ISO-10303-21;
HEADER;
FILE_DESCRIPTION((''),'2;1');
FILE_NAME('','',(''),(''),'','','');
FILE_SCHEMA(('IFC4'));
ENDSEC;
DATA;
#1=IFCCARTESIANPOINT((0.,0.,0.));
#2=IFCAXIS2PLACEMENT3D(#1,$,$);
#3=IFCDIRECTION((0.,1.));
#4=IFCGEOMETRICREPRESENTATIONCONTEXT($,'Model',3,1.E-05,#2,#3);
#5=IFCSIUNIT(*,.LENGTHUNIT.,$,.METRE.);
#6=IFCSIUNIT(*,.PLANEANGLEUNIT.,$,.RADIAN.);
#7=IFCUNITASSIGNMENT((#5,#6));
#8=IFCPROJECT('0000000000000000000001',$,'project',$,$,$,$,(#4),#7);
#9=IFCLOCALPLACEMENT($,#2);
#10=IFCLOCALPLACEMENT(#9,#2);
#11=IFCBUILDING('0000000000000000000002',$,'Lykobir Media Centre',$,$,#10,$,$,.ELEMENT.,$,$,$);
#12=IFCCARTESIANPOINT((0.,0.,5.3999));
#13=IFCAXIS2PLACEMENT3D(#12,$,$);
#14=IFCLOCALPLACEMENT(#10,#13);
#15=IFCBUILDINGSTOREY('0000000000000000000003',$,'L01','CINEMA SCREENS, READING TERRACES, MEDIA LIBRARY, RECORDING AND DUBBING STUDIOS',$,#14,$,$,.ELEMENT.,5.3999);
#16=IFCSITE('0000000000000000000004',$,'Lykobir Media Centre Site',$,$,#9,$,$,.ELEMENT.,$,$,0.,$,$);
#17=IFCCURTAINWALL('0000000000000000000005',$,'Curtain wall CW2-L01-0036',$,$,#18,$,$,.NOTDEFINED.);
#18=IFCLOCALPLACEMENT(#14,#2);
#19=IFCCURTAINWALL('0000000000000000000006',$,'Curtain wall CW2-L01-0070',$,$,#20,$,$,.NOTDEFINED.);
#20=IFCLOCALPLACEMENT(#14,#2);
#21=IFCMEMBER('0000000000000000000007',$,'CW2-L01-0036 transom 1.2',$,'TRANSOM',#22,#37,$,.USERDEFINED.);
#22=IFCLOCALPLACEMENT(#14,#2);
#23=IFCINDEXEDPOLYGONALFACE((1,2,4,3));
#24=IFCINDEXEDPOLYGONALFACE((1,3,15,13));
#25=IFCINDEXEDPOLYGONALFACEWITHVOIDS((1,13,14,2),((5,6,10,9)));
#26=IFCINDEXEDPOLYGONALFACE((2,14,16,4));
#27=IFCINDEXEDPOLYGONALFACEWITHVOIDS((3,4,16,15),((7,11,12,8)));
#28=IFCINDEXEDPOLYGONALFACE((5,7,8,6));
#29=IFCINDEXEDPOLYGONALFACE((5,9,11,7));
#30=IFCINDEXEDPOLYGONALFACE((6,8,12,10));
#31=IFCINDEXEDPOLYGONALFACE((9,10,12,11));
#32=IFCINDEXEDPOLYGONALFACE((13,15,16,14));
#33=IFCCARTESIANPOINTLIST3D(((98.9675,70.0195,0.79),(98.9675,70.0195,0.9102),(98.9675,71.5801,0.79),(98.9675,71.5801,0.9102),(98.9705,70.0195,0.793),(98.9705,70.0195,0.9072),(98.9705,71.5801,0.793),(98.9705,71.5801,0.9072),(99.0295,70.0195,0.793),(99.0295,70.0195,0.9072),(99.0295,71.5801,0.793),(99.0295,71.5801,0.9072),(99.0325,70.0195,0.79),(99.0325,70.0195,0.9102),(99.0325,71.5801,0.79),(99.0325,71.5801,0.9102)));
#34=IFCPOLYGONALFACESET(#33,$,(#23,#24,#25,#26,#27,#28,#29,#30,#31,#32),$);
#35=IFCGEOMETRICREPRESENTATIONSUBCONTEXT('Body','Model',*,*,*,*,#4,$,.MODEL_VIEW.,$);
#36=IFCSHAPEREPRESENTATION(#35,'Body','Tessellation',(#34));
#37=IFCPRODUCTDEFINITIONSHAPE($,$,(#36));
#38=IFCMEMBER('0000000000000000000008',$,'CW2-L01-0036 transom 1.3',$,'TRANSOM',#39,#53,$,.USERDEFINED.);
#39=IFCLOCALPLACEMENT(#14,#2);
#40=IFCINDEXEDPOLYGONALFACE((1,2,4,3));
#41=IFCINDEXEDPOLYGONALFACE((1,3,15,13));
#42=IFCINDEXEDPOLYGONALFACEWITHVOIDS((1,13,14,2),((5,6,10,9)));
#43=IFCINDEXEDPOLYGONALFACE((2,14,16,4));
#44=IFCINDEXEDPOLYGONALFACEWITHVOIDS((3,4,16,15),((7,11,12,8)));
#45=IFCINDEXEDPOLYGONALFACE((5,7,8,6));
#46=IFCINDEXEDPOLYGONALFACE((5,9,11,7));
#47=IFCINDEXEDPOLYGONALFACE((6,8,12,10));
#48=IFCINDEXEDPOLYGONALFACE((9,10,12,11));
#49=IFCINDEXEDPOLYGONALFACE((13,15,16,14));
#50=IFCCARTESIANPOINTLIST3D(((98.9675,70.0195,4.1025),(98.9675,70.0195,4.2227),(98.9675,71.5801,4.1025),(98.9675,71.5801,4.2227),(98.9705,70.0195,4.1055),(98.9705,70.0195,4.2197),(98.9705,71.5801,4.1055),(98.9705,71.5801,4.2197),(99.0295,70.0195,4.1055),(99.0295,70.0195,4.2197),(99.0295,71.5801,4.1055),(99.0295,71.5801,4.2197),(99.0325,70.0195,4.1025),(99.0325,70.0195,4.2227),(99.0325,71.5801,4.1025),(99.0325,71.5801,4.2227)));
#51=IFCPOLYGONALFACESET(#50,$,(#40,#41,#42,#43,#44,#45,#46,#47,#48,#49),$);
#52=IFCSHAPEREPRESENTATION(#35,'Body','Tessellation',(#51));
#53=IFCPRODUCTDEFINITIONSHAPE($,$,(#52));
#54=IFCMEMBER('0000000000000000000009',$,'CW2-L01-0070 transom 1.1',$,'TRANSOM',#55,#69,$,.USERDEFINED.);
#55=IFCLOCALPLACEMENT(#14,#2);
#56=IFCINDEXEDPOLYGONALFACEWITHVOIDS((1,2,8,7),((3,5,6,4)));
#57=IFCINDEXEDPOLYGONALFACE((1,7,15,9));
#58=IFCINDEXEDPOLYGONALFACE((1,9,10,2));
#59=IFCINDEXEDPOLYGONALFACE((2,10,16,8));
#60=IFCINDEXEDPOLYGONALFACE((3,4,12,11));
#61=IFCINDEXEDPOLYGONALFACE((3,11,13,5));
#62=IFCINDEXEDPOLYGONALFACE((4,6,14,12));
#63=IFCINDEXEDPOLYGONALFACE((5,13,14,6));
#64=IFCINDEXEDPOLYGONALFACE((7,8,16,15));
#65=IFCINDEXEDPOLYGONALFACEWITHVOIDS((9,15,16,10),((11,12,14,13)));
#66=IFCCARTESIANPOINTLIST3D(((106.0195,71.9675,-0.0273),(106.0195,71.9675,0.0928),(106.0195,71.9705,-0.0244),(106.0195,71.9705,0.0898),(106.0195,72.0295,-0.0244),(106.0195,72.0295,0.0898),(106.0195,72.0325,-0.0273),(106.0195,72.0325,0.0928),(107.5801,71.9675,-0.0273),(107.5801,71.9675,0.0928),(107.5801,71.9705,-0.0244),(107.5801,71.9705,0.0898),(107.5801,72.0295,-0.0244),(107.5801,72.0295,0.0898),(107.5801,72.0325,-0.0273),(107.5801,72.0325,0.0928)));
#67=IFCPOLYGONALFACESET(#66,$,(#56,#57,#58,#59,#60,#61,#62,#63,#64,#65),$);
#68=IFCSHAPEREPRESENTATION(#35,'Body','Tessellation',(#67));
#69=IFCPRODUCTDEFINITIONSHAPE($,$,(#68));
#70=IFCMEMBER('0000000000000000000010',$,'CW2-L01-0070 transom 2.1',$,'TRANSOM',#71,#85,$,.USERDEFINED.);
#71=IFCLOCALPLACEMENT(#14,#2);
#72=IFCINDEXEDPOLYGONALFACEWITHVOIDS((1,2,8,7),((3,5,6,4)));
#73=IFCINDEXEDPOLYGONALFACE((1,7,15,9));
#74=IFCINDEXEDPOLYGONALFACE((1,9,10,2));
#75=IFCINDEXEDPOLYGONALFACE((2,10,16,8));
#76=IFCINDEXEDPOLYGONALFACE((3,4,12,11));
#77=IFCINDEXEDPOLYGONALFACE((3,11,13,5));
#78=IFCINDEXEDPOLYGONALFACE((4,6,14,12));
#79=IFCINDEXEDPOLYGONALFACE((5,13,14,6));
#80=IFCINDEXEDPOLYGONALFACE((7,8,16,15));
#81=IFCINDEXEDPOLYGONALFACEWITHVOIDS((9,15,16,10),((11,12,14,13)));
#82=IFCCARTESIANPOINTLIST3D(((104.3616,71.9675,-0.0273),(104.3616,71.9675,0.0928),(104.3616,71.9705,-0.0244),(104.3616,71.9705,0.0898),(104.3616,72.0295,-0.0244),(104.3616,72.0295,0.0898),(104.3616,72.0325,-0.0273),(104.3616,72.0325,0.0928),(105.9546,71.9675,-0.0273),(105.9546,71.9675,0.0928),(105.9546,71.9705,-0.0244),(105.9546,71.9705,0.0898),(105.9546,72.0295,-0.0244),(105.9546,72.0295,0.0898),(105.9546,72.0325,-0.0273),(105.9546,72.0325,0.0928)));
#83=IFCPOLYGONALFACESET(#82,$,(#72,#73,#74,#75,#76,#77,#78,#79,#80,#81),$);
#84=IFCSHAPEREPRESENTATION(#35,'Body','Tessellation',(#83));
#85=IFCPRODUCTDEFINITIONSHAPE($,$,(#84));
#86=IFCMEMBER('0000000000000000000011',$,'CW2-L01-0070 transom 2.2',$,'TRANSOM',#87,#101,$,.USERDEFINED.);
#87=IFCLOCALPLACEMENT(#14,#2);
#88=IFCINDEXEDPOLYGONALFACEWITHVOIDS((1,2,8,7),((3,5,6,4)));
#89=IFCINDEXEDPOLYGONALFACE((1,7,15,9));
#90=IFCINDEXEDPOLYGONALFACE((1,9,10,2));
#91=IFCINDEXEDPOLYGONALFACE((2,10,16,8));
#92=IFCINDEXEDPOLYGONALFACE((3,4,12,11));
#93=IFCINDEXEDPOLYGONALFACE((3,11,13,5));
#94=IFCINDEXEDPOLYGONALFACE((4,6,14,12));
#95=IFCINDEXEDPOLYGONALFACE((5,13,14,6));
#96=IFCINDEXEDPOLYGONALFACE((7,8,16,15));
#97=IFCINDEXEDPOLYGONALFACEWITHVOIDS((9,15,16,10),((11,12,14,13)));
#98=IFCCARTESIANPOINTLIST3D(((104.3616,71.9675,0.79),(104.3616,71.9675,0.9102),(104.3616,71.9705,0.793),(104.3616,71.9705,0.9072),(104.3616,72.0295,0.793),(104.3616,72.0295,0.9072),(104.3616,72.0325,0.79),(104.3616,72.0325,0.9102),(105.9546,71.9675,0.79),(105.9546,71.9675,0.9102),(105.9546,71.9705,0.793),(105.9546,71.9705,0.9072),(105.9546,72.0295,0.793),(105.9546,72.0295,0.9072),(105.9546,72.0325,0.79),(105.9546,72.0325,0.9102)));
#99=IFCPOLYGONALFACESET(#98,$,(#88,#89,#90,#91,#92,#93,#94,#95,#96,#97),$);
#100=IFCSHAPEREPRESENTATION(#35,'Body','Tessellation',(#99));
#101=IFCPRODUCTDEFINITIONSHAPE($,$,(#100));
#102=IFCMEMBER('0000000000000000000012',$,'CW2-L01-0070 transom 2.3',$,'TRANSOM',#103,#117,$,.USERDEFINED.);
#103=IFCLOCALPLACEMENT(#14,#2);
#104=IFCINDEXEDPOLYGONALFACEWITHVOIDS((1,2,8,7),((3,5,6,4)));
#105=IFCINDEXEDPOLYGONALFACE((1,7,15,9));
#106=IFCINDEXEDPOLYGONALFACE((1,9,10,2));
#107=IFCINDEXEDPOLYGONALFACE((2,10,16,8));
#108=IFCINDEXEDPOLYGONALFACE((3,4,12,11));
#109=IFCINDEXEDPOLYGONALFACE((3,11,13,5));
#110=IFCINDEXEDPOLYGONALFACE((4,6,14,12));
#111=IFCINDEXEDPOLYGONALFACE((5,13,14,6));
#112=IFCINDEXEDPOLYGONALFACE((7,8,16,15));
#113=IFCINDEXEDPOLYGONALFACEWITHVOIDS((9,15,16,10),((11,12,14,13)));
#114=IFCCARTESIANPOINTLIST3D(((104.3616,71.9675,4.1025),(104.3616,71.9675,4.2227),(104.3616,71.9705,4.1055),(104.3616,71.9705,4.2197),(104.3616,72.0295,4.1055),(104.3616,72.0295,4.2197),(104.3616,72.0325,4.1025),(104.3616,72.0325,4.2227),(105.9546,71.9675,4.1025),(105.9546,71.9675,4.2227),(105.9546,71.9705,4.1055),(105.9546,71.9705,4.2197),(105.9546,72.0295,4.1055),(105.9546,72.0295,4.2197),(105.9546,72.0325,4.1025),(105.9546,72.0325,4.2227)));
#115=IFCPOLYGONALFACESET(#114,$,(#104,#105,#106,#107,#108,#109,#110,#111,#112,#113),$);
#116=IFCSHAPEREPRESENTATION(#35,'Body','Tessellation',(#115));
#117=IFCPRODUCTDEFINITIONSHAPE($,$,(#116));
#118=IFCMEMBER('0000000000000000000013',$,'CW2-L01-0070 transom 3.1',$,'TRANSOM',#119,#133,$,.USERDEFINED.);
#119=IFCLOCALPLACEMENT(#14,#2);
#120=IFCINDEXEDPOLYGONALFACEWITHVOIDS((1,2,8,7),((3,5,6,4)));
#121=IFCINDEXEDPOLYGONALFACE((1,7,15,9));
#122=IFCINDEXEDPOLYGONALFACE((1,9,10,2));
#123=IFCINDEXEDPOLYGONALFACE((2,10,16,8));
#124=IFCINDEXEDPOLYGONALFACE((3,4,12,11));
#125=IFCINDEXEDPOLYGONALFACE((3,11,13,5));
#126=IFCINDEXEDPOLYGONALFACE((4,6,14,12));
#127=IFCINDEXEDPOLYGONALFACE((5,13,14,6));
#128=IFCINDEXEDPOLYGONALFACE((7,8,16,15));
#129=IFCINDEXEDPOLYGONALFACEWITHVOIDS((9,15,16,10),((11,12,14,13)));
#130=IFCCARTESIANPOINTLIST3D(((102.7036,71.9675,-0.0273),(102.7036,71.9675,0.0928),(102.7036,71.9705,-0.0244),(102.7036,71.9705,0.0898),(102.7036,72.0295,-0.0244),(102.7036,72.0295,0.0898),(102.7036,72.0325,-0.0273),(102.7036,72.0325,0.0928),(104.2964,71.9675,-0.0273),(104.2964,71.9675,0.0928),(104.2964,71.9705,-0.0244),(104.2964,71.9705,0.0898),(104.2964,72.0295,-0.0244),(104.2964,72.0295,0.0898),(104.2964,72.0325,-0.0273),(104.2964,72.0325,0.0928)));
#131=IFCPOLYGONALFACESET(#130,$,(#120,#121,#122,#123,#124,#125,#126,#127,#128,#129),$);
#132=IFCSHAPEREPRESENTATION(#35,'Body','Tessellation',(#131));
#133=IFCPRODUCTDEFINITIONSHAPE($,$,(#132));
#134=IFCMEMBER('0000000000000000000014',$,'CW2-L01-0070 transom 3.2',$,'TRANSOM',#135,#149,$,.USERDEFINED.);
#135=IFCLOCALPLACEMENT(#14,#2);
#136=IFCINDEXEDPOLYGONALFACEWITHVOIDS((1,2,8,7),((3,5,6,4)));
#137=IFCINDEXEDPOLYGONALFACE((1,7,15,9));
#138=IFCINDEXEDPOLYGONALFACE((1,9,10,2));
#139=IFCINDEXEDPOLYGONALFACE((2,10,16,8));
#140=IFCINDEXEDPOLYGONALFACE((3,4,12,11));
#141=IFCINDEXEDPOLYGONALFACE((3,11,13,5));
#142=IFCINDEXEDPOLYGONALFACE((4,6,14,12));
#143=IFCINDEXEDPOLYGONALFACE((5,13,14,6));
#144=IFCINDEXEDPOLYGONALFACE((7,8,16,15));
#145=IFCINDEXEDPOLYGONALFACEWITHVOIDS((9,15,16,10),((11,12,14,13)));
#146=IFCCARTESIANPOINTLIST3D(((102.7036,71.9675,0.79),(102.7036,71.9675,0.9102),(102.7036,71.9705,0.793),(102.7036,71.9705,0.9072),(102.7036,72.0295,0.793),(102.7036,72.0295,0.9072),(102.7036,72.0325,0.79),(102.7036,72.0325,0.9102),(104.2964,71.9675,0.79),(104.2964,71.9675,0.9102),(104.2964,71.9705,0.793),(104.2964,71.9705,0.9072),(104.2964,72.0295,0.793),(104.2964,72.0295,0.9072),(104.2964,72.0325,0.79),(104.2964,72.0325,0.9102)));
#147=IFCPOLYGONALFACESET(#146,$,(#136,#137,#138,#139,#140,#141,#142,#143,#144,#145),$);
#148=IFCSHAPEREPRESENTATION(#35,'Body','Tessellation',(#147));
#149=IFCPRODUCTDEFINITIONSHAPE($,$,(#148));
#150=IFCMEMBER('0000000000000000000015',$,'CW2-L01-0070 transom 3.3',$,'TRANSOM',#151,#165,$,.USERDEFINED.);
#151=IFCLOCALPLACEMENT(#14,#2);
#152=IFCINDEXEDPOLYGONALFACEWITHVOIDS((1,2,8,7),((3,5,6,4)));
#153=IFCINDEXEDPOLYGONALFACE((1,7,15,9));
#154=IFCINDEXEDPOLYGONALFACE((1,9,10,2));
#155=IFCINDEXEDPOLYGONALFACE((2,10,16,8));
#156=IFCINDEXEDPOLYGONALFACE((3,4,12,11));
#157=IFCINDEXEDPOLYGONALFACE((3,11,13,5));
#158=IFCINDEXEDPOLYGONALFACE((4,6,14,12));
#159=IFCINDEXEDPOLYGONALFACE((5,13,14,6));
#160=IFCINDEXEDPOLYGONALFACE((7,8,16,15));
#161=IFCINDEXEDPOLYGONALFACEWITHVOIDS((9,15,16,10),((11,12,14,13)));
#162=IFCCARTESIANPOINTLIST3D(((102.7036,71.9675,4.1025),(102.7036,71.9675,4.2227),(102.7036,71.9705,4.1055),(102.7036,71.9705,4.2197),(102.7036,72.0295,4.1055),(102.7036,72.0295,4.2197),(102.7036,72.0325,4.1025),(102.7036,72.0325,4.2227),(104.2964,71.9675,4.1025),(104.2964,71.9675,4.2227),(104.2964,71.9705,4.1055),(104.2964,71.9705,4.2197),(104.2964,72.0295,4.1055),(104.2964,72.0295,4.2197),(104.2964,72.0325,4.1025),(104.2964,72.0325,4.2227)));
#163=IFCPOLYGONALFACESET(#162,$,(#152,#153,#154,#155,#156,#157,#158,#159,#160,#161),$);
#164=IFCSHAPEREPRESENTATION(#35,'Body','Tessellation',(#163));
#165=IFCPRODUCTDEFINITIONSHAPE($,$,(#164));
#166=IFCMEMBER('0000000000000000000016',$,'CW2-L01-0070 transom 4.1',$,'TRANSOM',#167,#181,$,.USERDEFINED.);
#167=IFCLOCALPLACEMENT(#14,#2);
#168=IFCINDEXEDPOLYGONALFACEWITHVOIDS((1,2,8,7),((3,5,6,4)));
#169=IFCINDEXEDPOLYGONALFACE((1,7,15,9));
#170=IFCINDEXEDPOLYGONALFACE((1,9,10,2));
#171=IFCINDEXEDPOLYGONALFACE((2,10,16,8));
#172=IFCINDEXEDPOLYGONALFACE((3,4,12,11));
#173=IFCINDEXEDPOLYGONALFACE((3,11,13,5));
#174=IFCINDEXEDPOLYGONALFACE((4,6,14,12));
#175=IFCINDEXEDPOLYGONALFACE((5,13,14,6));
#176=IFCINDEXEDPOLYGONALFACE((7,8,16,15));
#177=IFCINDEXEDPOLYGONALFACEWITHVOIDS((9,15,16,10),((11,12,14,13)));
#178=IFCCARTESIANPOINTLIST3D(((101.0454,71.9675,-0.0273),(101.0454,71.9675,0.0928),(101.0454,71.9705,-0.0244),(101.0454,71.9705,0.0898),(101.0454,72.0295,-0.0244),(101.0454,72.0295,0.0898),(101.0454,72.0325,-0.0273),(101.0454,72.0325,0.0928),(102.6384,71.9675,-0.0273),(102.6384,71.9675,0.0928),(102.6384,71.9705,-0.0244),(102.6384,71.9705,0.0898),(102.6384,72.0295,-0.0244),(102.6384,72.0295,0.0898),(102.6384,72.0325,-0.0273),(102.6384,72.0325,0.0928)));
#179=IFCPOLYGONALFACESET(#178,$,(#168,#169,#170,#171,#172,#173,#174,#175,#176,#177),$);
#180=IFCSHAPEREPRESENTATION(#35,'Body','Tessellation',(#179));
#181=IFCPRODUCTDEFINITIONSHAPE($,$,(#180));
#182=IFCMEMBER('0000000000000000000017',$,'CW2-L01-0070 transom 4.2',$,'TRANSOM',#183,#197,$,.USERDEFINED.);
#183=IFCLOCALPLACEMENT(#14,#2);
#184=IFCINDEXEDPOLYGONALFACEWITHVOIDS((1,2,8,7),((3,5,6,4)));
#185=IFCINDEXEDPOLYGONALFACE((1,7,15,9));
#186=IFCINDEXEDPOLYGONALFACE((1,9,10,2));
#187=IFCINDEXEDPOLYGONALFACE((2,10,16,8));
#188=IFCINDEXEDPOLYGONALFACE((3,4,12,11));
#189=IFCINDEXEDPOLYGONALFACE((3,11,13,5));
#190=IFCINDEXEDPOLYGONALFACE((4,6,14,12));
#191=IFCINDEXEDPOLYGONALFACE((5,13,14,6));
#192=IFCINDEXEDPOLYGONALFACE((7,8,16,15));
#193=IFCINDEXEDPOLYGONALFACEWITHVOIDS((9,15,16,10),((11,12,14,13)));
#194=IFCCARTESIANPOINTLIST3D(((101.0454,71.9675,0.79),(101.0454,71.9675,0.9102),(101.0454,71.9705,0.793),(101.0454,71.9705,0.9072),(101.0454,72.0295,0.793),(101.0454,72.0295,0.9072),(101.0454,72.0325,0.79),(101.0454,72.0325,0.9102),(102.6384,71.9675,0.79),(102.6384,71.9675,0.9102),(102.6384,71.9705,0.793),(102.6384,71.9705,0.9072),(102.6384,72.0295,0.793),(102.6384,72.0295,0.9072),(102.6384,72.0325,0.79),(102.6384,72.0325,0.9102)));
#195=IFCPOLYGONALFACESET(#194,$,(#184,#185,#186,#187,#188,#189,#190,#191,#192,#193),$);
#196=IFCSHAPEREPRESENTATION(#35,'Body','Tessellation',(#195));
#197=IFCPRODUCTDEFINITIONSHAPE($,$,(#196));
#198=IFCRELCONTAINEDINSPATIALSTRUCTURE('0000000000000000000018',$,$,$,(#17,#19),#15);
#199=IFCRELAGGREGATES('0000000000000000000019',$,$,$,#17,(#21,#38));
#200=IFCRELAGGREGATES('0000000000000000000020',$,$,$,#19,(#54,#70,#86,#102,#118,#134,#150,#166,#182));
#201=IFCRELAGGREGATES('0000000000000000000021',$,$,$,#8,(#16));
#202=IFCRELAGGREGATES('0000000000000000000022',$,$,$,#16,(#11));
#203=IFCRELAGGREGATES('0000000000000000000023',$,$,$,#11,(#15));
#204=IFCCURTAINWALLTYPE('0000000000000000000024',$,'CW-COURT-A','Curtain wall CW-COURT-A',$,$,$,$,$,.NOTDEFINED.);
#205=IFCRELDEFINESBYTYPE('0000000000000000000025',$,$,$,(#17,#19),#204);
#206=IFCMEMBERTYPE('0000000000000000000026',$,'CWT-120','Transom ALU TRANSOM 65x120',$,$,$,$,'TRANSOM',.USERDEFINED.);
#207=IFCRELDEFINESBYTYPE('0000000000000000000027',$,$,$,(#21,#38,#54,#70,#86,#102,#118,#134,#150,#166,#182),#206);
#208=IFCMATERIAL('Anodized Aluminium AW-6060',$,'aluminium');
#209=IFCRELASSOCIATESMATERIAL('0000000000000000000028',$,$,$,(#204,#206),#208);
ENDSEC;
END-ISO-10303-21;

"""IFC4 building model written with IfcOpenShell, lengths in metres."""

from ifc_helpers import new_model, si_unit, direction, frame, origin, origin_2d, place, context, subcontext, project, spatial, hollow_rectangle, extrude, material, material_profile, profile_set, type_object, element, aggregate, save


model = new_model("IFC4")

# Units and contexts
model_context = context("Model", 3, precision=1e-05, world=origin(), true_north=direction((0.0, 1.0)))
body_context = subcontext(model_context, "Body", "Model", "MODEL_VIEW")
ifc_project = project(units=[si_unit("LENGTHUNIT", "METRE"), si_unit("PLANEANGLEUNIT", "RADIAN")], contexts=[model_context])

# Site, building, storey
site_placement = place(None, origin())
site = spatial("IfcSite", under=ifc_project, at=site_placement, Name="Lykobir Media Centre Site", CompositionType="ELEMENT", RefElevation=0.0)
building_placement = place(site_placement, origin())
building = spatial("IfcBuilding", under=site, at=building_placement, Name="Lykobir Media Centre", CompositionType="ELEMENT")
storey_placement = place(building_placement, frame((0.0, 0.0, 5.3999)))
storey = spatial("IfcBuildingStorey", under=building, at=storey_placement, Name="L01", Description="CINEMA SCREENS, READING TERRACES, MEDIA LIBRARY, RECORDING AND DUBBING STUDIOS", CompositionType="ELEMENT", Elevation=5.3999)

# Curtain walls
ifc_material_1 = material(Name="Anodized Aluminium AW-6060", Category="aluminium")
curtain_wall_type = type_object("IfcCurtainWallType", Name="CW-COURT-A", Description="Curtain wall CW-COURT-A", PredefinedType="NOTDEFINED", material=ifc_material_1)
curtain_wall_1_placement = place(storey_placement, origin())
curtain_wall_1 = element("IfcCurtainWall", 1, at=curtain_wall_1_placement, inside=storey, type_object=curtain_wall_type, Name="Curtain wall CW2-L01-0036", PredefinedType="NOTDEFINED")
curtain_wall_2_placement = place(storey_placement, origin())
curtain_wall_2 = element("IfcCurtainWall", 2, at=curtain_wall_2_placement, inside=storey, type_object=curtain_wall_type, Name="Curtain wall CW2-L01-0070", PredefinedType="NOTDEFINED")

# Members
ifc_material_profile_1 = material_profile(ifc_material_1, hollow_rectangle(XDim=0.0649, YDim=0.1201, WallThickness=0.0029, at=origin_2d()), Name="ALU TRANSOM 65x120")
ifc_profile_set_1 = profile_set([ifc_material_profile_1], Name="Anodized Aluminium AW-6060")
member_type_1 = type_object("IfcMemberType", Name="CWT-120", Description="Transom ALU TRANSOM 65x120", ElementType="TRANSOM", PredefinedType="USERDEFINED", material=ifc_profile_set_1)
member_1_placement = place(storey_placement, frame((99.0, 71.5801, 0.8501), z_axis=(0.0, -1.0, 0.0), x_axis=(1.0, 0.0, 0.0)))
member_1 = element("IfcMember", 3, at=member_1_placement, type_object=member_type_1, Name="CW2-L01-0036 transom 1.2", ObjectType="TRANSOM", PredefinedType="USERDEFINED", context=body_context, shape_type="SweptSolid", body=[
    extrude(hollow_rectangle(XDim=0.0649, YDim=0.1201, WallThickness=0.0029, at=origin_2d()), origin(), (0.0, 0.0, 1.0), 1.5605),
])
member_2_placement = place(storey_placement, frame((99.0, 71.5801, 4.1626), z_axis=(0.0, -1.0, 0.0), x_axis=(1.0, 0.0, 0.0)))
member_2 = element("IfcMember", 4, at=member_2_placement, type_object=member_type_1, Name="CW2-L01-0036 transom 1.3", ObjectType="TRANSOM", PredefinedType="USERDEFINED", context=body_context, shape_type="SweptSolid", body=[
    extrude(hollow_rectangle(XDim=0.0649, YDim=0.1201, WallThickness=0.0029, at=origin_2d()), origin(), (0.0, 0.0, 1.0), 1.5605),
])
member_3_placement = place(storey_placement, frame((107.5801, 72.0, 0.0327), z_axis=(-1.0, 0.0, 0.0), x_axis=(0.0, -1.0, 0.0)))
member_3 = element("IfcMember", 5, at=member_3_placement, type_object=member_type_1, Name="CW2-L01-0070 transom 1.1", ObjectType="TRANSOM", PredefinedType="USERDEFINED", context=body_context, shape_type="SweptSolid", body=[
    extrude(hollow_rectangle(XDim=0.0649, YDim=0.1201, WallThickness=0.0029, at=origin_2d()), origin(), (0.0, 0.0, 1.0), 1.5605),
])
member_4_placement = place(storey_placement, frame((105.9546, 72.0, 0.0327), z_axis=(-1.0, 0.0, 0.0), x_axis=(0.0, -1.0, 0.0)))
member_4 = element("IfcMember", 6, at=member_4_placement, type_object=member_type_1, Name="CW2-L01-0070 transom 2.1", ObjectType="TRANSOM", PredefinedType="USERDEFINED", context=body_context, shape_type="SweptSolid", body=[
    extrude(hollow_rectangle(XDim=0.0649, YDim=0.1201, WallThickness=0.0029, at=origin_2d()), origin(), (0.0, 0.0, 1.0), 1.593),
])
member_5_placement = place(storey_placement, frame((105.9546, 72.0, 0.8501), z_axis=(-1.0, 0.0, 0.0), x_axis=(0.0, -1.0, 0.0)))
member_5 = element("IfcMember", 7, at=member_5_placement, type_object=member_type_1, Name="CW2-L01-0070 transom 2.2", ObjectType="TRANSOM", PredefinedType="USERDEFINED", context=body_context, shape_type="SweptSolid", body=[
    extrude(hollow_rectangle(XDim=0.0649, YDim=0.1201, WallThickness=0.0029, at=origin_2d()), origin(), (0.0, 0.0, 1.0), 1.593),
])
member_6_placement = place(storey_placement, frame((105.9546, 72.0, 4.1626), z_axis=(-1.0, 0.0, 0.0), x_axis=(0.0, -1.0, 0.0)))
member_6 = element("IfcMember", 8, at=member_6_placement, type_object=member_type_1, Name="CW2-L01-0070 transom 2.3", ObjectType="TRANSOM", PredefinedType="USERDEFINED", context=body_context, shape_type="SweptSolid", body=[
    extrude(hollow_rectangle(XDim=0.0649, YDim=0.1201, WallThickness=0.0029, at=origin_2d()), origin(), (0.0, 0.0, 1.0), 1.593),
])
member_7_placement = place(storey_placement, frame((104.2964, 72.0, 0.0327), z_axis=(-1.0, 0.0, 0.0), x_axis=(0.0, -1.0, 0.0)))
member_7 = element("IfcMember", 9, at=member_7_placement, type_object=member_type_1, Name="CW2-L01-0070 transom 3.1", ObjectType="TRANSOM", PredefinedType="USERDEFINED", context=body_context, shape_type="SweptSolid", body=[
    extrude(hollow_rectangle(XDim=0.0649, YDim=0.1201, WallThickness=0.0029, at=origin_2d()), origin(), (0.0, 0.0, 1.0), 1.5928),
])
member_8_placement = place(storey_placement, frame((104.2964, 72.0, 0.8501), z_axis=(-1.0, 0.0, 0.0), x_axis=(0.0, -1.0, 0.0)))
member_8 = element("IfcMember", 10, at=member_8_placement, type_object=member_type_1, Name="CW2-L01-0070 transom 3.2", ObjectType="TRANSOM", PredefinedType="USERDEFINED", context=body_context, shape_type="SweptSolid", body=[
    extrude(hollow_rectangle(XDim=0.0649, YDim=0.1201, WallThickness=0.0029, at=origin_2d()), origin(), (0.0, 0.0, 1.0), 1.5928),
])
member_9_placement = place(storey_placement, frame((104.2964, 72.0, 4.1626), z_axis=(-1.0, 0.0, 0.0), x_axis=(0.0, -1.0, 0.0)))
member_9 = element("IfcMember", 11, at=member_9_placement, type_object=member_type_1, Name="CW2-L01-0070 transom 3.3", ObjectType="TRANSOM", PredefinedType="USERDEFINED", context=body_context, shape_type="SweptSolid", body=[
    extrude(hollow_rectangle(XDim=0.0649, YDim=0.1201, WallThickness=0.0029, at=origin_2d()), origin(), (0.0, 0.0, 1.0), 1.5928),
])
member_10_placement = place(storey_placement, frame((102.6384, 72.0, 0.0327), z_axis=(-1.0, 0.0, 0.0), x_axis=(0.0, -1.0, 0.0)))
member_10 = element("IfcMember", 12, at=member_10_placement, type_object=member_type_1, Name="CW2-L01-0070 transom 4.1", ObjectType="TRANSOM", PredefinedType="USERDEFINED", context=body_context, shape_type="SweptSolid", body=[
    extrude(hollow_rectangle(XDim=0.0649, YDim=0.1201, WallThickness=0.0029, at=origin_2d()), origin(), (0.0, 0.0, 1.0), 1.593),
])
member_11_placement = place(storey_placement, frame((102.6384, 72.0, 0.8501), z_axis=(-1.0, 0.0, 0.0), x_axis=(0.0, -1.0, 0.0)))
member_11 = element("IfcMember", 13, at=member_11_placement, type_object=member_type_1, Name="CW2-L01-0070 transom 4.2", ObjectType="TRANSOM", PredefinedType="USERDEFINED", context=body_context, shape_type="SweptSolid", body=[
    extrude(hollow_rectangle(XDim=0.0649, YDim=0.1201, WallThickness=0.0029, at=origin_2d()), origin(), (0.0, 0.0, 1.0), 1.593),
])

aggregate(curtain_wall_1, [member_1, member_2])
aggregate(curtain_wall_2, [member_3, member_4, member_5, member_6, member_7, member_8, member_9, member_10, member_11])

save(model, "model.ifc")
